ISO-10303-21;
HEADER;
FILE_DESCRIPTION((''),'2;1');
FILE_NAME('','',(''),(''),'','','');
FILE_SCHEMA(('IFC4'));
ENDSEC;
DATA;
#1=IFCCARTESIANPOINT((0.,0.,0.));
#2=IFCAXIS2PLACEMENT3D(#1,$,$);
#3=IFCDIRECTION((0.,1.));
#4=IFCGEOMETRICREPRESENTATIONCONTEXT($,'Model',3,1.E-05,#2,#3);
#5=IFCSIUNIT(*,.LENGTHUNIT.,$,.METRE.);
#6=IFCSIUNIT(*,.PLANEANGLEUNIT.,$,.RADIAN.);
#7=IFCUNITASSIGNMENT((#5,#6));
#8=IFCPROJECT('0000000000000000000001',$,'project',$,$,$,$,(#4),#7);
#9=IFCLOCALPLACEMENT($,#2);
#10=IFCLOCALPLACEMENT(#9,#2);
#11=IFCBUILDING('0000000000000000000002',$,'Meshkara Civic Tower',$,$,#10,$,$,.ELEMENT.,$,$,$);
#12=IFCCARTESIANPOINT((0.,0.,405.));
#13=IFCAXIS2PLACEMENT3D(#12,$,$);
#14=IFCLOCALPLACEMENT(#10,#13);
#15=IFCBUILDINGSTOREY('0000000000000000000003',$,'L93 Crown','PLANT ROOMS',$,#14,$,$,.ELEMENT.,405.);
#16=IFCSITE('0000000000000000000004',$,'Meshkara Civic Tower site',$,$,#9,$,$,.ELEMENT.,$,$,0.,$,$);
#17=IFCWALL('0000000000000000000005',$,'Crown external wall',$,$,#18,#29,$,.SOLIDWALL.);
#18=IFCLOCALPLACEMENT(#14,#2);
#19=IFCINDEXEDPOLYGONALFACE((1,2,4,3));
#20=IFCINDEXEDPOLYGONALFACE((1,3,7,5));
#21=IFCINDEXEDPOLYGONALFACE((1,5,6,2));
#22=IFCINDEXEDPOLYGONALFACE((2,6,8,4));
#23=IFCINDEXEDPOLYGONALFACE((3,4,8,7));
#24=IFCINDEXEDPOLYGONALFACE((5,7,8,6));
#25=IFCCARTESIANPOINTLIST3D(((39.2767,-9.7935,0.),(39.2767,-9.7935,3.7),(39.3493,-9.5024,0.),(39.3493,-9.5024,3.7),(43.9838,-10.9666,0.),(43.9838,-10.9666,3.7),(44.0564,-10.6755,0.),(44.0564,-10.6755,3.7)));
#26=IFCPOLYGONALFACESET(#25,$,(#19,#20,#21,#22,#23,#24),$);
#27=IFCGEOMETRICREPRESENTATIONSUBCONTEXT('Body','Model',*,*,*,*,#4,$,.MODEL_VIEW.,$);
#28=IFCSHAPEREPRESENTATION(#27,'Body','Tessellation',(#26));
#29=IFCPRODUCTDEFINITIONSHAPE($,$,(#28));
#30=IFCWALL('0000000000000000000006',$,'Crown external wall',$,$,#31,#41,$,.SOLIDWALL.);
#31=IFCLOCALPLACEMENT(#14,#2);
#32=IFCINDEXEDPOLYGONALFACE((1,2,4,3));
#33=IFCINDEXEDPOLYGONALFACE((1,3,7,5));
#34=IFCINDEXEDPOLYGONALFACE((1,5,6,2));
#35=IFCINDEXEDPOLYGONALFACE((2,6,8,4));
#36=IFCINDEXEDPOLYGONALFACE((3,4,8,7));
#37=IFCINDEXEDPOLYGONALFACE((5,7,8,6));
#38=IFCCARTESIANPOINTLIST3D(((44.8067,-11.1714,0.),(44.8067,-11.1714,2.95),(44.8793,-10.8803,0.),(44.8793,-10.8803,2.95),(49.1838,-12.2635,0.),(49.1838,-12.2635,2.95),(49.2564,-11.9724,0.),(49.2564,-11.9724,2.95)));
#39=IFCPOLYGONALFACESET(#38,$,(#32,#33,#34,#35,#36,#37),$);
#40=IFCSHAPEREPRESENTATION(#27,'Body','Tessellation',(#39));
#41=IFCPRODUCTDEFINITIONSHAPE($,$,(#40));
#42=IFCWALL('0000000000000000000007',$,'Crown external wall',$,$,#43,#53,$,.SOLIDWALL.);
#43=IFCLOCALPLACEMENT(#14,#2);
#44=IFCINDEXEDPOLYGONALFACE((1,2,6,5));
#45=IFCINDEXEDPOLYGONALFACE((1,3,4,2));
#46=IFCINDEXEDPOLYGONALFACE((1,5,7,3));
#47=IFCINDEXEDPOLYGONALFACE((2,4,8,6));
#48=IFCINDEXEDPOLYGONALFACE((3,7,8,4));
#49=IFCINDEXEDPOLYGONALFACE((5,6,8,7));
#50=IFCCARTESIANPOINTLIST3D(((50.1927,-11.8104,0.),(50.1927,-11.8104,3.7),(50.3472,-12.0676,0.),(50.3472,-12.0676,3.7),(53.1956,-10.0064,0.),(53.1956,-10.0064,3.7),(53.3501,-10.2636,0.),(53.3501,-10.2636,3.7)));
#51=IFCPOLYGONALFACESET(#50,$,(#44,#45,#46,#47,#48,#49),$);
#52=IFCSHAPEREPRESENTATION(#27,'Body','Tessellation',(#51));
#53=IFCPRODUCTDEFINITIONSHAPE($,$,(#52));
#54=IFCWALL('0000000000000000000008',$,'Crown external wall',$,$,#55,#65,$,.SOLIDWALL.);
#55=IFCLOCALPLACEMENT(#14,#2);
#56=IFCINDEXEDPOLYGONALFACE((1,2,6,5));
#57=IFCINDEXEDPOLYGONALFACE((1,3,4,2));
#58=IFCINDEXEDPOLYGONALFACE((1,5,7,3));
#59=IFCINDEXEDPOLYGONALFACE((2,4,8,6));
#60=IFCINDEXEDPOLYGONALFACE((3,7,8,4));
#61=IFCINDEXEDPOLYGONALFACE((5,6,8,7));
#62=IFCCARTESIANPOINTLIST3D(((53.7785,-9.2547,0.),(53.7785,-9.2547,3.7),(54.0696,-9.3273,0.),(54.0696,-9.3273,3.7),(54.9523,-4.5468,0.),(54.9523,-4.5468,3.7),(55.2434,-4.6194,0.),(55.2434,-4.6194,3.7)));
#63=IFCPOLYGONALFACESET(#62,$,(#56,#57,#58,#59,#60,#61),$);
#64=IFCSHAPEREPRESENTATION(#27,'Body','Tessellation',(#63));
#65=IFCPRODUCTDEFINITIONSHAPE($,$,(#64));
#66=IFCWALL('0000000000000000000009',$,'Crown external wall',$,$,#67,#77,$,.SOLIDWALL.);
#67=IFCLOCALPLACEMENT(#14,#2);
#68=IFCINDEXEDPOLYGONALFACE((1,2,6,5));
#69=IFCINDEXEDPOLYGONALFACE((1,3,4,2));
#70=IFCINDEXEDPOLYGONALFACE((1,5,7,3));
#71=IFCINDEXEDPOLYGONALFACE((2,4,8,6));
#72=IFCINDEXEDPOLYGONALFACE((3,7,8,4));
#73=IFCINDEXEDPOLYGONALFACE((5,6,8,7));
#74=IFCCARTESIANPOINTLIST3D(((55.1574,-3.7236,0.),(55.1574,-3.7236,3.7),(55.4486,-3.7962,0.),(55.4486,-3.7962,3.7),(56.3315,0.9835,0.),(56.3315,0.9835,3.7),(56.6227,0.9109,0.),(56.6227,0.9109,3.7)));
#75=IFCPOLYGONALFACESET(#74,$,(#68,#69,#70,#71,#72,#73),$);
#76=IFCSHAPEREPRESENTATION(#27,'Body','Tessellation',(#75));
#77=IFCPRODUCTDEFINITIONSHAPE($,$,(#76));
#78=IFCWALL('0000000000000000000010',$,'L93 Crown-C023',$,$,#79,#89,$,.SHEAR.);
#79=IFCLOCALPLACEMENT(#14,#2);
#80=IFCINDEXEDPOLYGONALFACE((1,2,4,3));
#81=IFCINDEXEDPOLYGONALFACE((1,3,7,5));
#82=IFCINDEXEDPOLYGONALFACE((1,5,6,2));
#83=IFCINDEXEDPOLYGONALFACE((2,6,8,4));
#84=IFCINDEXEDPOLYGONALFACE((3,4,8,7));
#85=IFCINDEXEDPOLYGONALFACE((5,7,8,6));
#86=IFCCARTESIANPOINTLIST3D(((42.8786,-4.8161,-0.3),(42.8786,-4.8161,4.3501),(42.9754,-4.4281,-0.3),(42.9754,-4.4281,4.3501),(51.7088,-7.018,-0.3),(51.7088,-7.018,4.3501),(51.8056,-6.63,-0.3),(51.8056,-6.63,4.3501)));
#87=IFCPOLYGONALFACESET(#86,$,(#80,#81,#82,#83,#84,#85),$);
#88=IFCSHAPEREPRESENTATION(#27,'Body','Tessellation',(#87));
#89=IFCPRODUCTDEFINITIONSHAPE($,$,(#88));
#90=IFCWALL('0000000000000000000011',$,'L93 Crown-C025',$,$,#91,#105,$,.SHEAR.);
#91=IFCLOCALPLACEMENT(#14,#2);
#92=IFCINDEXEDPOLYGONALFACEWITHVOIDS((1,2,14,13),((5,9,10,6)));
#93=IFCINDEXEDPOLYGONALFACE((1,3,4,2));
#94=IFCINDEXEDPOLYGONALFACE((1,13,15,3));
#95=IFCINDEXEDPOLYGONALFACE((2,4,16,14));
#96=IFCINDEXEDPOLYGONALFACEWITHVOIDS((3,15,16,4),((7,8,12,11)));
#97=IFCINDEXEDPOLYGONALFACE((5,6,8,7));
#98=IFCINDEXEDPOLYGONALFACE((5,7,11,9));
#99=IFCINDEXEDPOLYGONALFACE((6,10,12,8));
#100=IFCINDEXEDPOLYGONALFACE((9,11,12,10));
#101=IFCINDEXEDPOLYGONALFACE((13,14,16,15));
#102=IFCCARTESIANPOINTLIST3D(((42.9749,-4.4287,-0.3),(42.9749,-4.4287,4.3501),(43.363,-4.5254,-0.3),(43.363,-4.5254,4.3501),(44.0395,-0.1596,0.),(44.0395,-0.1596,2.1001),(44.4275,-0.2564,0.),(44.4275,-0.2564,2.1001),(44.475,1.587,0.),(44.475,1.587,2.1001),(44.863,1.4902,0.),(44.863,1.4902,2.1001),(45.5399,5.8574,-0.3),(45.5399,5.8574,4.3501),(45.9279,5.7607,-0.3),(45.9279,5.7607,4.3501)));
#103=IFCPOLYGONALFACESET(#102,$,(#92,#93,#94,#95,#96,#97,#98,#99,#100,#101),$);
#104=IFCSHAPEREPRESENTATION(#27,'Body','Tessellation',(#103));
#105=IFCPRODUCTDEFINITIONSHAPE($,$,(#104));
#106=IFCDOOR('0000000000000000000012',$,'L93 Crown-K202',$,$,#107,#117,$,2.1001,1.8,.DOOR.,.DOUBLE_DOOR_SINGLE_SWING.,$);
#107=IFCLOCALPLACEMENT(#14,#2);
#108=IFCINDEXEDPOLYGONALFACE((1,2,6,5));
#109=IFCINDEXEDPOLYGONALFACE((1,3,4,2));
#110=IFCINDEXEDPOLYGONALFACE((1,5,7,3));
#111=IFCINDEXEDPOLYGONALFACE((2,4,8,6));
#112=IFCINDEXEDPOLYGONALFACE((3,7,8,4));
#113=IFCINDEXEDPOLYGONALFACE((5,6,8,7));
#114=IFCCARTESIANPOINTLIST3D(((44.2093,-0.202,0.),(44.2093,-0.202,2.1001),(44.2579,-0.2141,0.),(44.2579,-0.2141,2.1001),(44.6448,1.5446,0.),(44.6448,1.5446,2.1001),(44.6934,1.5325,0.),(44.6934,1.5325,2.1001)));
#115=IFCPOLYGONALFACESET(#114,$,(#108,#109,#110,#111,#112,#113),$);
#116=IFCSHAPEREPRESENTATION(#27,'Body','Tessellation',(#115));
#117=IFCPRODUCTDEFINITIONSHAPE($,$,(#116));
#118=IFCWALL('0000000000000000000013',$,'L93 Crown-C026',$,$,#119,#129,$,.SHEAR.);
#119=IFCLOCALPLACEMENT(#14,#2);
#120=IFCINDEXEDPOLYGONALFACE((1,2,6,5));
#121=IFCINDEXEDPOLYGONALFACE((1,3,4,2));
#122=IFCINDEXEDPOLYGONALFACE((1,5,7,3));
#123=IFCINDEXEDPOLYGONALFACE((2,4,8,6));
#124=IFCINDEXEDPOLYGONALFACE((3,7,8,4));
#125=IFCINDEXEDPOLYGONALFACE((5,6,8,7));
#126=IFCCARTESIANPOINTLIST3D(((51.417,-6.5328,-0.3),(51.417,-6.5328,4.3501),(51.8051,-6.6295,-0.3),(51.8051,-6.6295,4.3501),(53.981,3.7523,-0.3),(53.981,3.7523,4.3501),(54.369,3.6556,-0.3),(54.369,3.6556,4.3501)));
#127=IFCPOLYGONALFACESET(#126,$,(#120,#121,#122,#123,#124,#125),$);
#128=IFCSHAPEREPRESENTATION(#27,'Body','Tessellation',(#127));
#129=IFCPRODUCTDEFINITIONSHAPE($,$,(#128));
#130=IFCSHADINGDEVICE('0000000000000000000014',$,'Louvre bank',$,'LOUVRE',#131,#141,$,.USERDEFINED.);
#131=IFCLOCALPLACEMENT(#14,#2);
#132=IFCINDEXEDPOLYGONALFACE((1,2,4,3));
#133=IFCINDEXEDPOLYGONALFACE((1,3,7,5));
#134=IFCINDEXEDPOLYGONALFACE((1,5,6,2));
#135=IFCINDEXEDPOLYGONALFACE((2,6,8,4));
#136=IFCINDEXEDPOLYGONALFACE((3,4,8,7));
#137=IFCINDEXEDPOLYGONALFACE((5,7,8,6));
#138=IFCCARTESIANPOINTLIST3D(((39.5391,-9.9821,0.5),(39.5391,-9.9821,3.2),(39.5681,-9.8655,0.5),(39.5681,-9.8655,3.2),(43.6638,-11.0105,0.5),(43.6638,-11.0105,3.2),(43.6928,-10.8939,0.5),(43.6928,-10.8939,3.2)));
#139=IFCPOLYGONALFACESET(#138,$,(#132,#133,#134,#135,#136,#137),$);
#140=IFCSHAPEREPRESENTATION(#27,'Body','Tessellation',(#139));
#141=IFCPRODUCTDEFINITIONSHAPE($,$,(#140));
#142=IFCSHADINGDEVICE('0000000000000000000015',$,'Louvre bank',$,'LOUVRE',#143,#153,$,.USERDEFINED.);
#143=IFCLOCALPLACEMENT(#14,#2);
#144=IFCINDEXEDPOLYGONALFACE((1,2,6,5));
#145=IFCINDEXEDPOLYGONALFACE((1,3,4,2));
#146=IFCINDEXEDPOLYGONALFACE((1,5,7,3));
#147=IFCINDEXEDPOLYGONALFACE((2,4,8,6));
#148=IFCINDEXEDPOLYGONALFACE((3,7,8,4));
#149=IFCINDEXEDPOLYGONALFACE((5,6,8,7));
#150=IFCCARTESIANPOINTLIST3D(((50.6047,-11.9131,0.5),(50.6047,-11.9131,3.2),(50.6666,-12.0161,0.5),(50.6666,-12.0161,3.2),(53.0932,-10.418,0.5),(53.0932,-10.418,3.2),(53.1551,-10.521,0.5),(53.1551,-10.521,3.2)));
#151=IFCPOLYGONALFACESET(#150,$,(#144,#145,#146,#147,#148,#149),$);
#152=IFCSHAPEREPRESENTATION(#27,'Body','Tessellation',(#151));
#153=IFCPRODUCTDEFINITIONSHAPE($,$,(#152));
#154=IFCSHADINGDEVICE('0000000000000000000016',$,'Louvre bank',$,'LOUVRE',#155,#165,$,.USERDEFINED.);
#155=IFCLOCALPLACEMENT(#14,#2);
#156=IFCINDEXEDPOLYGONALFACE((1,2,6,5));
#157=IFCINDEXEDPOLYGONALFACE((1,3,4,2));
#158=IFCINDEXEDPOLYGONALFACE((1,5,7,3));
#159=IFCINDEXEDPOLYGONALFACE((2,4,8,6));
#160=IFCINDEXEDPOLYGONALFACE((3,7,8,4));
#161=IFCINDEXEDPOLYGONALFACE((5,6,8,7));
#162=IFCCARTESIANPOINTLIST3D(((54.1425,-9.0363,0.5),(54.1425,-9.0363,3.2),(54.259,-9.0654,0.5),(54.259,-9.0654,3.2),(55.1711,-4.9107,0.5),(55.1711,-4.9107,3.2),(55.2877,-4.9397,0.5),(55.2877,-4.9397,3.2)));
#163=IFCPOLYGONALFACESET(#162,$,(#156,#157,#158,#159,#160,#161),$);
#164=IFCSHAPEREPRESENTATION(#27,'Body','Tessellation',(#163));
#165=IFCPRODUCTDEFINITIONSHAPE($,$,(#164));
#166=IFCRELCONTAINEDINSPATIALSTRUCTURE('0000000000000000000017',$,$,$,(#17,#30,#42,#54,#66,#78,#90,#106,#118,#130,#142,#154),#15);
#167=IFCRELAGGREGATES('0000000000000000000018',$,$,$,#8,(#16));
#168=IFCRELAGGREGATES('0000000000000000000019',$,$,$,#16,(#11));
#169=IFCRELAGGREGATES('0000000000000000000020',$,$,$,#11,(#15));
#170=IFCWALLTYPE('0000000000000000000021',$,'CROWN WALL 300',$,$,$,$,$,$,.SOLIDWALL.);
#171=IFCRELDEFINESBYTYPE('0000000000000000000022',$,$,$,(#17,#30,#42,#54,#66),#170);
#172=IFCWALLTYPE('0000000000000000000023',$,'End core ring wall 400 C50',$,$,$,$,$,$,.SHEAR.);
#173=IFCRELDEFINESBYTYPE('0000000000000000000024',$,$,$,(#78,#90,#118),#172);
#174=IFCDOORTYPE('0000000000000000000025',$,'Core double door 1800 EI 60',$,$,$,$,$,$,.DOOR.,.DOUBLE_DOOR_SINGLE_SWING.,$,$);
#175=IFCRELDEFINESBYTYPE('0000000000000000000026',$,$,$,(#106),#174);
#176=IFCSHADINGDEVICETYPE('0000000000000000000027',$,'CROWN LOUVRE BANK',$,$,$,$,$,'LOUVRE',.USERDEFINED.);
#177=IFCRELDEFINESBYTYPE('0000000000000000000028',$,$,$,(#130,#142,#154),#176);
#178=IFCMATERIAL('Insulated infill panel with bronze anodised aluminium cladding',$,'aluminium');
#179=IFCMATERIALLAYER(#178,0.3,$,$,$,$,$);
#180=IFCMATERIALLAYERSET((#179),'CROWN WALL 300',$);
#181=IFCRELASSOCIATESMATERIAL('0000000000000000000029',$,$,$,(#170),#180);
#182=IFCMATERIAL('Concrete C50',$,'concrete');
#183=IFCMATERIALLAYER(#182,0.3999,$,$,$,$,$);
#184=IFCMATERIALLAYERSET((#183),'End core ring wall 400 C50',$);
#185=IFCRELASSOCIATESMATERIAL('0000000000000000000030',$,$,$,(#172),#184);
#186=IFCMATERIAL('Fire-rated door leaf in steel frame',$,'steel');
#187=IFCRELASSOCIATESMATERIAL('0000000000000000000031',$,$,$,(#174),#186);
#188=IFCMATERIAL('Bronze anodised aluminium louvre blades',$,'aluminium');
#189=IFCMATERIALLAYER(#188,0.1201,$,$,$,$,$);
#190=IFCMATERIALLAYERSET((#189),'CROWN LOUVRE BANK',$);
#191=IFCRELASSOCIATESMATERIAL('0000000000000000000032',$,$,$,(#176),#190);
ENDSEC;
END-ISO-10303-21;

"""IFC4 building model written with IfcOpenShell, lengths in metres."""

from ifc_helpers import new_model, si_unit, direction, frame, frame_2d, origin, origin_2d, place, context, subcontext, project, spatial, rectangle, extrude, material, layer, layer_set, type_object, element, fill, save


model = new_model("IFC4")

# Units and contexts
model_context = context("Model", 3, precision=1e-05, world=origin(), true_north=direction((0.0, 1.0)))
body_context = subcontext(model_context, "Body", "Model", "MODEL_VIEW")
ifc_project = project(units=[si_unit("LENGTHUNIT", "METRE"), si_unit("PLANEANGLEUNIT", "RADIAN")], contexts=[model_context])

# Site, building, storey
site_placement = place(None, origin())
site = spatial("IfcSite", under=ifc_project, at=site_placement, Name="Meshkara Civic Tower site", CompositionType="ELEMENT", RefElevation=0.0)
building_placement = place(site_placement, origin())
building = spatial("IfcBuilding", under=site, at=building_placement, Name="Meshkara Civic Tower", CompositionType="ELEMENT")
storey_placement = place(building_placement, frame((0.0, 0.0, 405.0)))
storey = spatial("IfcBuildingStorey", under=building, at=storey_placement, Name="L93 Crown", Description="PLANT ROOMS", CompositionType="ELEMENT", Elevation=405.0)

# Walls
ifc_material_1 = material(Name="Insulated infill panel with bronze anodised aluminium cladding", Category="aluminium")
ifc_layer_1 = layer(ifc_material_1, 0.3)
ifc_layer_set_1 = layer_set([ifc_layer_1], Name="CROWN WALL 300")
wall_type_1 = type_object("IfcWallType", Name="CROWN WALL 300", PredefinedType="SOLIDWALL", material=ifc_layer_set_1)
wall_1_placement = place(storey_placement, frame((39.313, -9.6479, 0.0), z_axis=(0.0, 0.0, 1.0), x_axis=(0.97032, -0.241825, 0.0)))
element("IfcWall", 1, at=wall_1_placement, inside=storey, type_object=wall_type_1, Name="Crown external wall", PredefinedType="SOLIDWALL", context=body_context, shape_type="SweptSolid", body=[
    extrude(rectangle(XDim=4.8511, YDim=0.3, at=frame_2d((2.4255, 0.0))), origin(), (0.0, 0.0, 1.0), 3.7),
])
wall_2_placement = place(storey_placement, frame((44.843, -11.0259, 0.0), z_axis=(0.0, 0.0, 1.0), x_axis=(0.970257, -0.242077, 0.0)))
element("IfcWall", 2, at=wall_2_placement, inside=storey, type_object=wall_type_1, Name="Crown external wall", PredefinedType="SOLIDWALL", context=body_context, shape_type="SweptSolid", body=[
    extrude(rectangle(XDim=4.5112, YDim=0.3, at=frame_2d((2.2556, 0.0))), origin(), (0.0, 0.0, 1.0), 2.95),
])
wall_3_placement = place(storey_placement, frame((50.27, -11.939, 0.0), z_axis=(0.0, 0.0, 1.0), x_axis=(0.857216, 0.514957, 0.0)))
element("IfcWall", 3, at=wall_3_placement, inside=storey, type_object=wall_type_1, Name="Crown external wall", PredefinedType="SOLIDWALL", context=body_context, shape_type="SweptSolid", body=[
    extrude(rectangle(XDim=3.5032, YDim=0.3, at=frame_2d((1.7515, 0.0))), origin(), (0.0, 0.0, 1.0), 3.7),
])
wall_4_placement = place(storey_placement, frame((53.9241, -9.291, 0.0), z_axis=(0.0, 0.0, 1.0), x_axis=(0.24192, 0.970296, 0.0)))
element("IfcWall", 4, at=wall_4_placement, inside=storey, type_object=wall_type_1, Name="Crown external wall", PredefinedType="SOLIDWALL", context=body_context, shape_type="SweptSolid", body=[
    extrude(rectangle(XDim=4.8521, YDim=0.3, at=frame_2d((2.426, 0.0))), origin(), (0.0, 0.0, 1.0), 3.7),
])
wall_5_placement = place(storey_placement, frame((55.303, -3.76, 0.0), z_axis=(0.0, 0.0, 1.0), x_axis=(0.242015, 0.970273, 0.0)))
element("IfcWall", 5, at=wall_5_placement, inside=storey, type_object=wall_type_1, Name="Crown external wall", PredefinedType="SOLIDWALL", context=body_context, shape_type="SweptSolid", body=[
    extrude(rectangle(XDim=4.8513, YDim=0.3, at=frame_2d((2.4258, 0.0))), origin(), (0.0, 0.0, 1.0), 3.7),
])
ifc_material_2 = material(Name="Concrete C50", Category="concrete")
ifc_layer_2 = layer(ifc_material_2, 0.3999)
ifc_layer_set_2 = layer_set([ifc_layer_2], Name="End core ring wall 400 C50")
wall_type_2 = type_object("IfcWallType", Name="End core ring wall 400 C50", PredefinedType="SHEAR", material=ifc_layer_set_2)
wall_6_placement = place(storey_placement, frame((42.927, -4.6221, -0.3), z_axis=(0.0, 0.0, 1.0), x_axis=(0.970288, -0.241955, 0.0)))
element("IfcWall", 6, at=wall_6_placement, inside=storey, type_object=wall_type_2, Name="L93 Crown-C023", PredefinedType="SHEAR", context=body_context, shape_type="SweptSolid", body=[
    extrude(rectangle(XDim=9.1006, YDim=0.3999, at=frame_2d((4.5503, 0.0))), origin(), (0.0, 0.0, 1.0), 4.6501),
])

# Wall, opening, door
wall_7_placement = place(storey_placement, frame((43.1689, -4.4771, -0.3), z_axis=(0.0, 0.0, 1.0), x_axis=(0.24195, 0.970289, 0.0)))
wall_7 = element("IfcWall", 7, at=wall_7_placement, inside=storey, type_object=wall_type_2, Name="L93 Crown-C025", PredefinedType="SHEAR", context=body_context, shape_type="SweptSolid", body=[
    extrude(rectangle(XDim=10.6011, YDim=0.3999, at=frame_2d((5.3005, 0.0))), origin(), (0.0, 0.0, 1.0), 4.6501),
])
opening_placement = place(wall_7_placement, frame((4.3999, 0.0, 0.3)))
opening = element("IfcOpeningElement", 8, at=opening_placement, cuts=wall_7, PredefinedType="OPENING", context=body_context, shape_type="SweptSolid", body=[
    extrude(rectangle(XDim=1.8, YDim=2.1001, at=frame_2d((0.8999, 1.05))), frame((0.0, 0.21, 0.0), z_axis=(0.0, -1.0, 0.0), x_axis=(1.0, 0.0, 0.0)), (0.0, 0.0, 1.0), 0.4199),
])
ifc_material_3 = material(Name="Fire-rated door leaf in steel frame", Category="steel")
door_type = type_object("IfcDoorType", Name="Core double door 1800 EI 60", OperationType="DOUBLE_DOOR_SINGLE_SWING", PredefinedType="DOOR", material=ifc_material_3)
door_placement = place(opening_placement, origin())
door = element("IfcDoor", 9, at=door_placement, inside=storey, type_object=door_type, Name="L93 Crown-K202", OperationType="DOUBLE_DOOR_SINGLE_SWING", OverallHeight=2.1001, OverallWidth=1.8, PredefinedType="DOOR", context=body_context, shape_type="SweptSolid", body=[
    extrude(rectangle(XDim=1.8, YDim=2.1001, at=frame_2d((0.8999, 1.05))), frame((0.0, 0.0249, 0.0), z_axis=(0.0, -1.0, 0.0), x_axis=(1.0, 0.0, 0.0)), (0.0, 0.0, 1.0), 0.05),
])
fill(opening, door)

# Wall
wall_8_placement = place(storey_placement, frame((51.6111, -6.5811, -0.3), z_axis=(0.0, 0.0, 1.0), x_axis=(0.241885, 0.970305, 0.0)))
element("IfcWall", 10, at=wall_8_placement, inside=storey, type_object=wall_type_2, Name="L93 Crown-C026", PredefinedType="SHEAR", context=body_context, shape_type="SweptSolid", body=[
    extrude(rectangle(XDim=10.5999, YDim=0.3999, at=frame_2d((5.2998, 0.0))), origin(), (0.0, 0.0, 1.0), 4.6501),
])

# Shading devices
ifc_material_4 = material(Name="Bronze anodised aluminium louvre blades", Category="aluminium")
ifc_layer_3 = layer(ifc_material_4, 0.1201)
ifc_layer_set_3 = layer_set([ifc_layer_3], Name="CROWN LOUVRE BANK")
shading_device_type = type_object("IfcShadingDeviceType", Name="CROWN LOUVRE BANK", ElementType="LOUVRE", PredefinedType="USERDEFINED", material=ifc_layer_set_3)
shading_device_1_placement = place(storey_placement, frame((41.616, -10.438, 0.5), z_axis=(0.0, 0.0, 1.0), x_axis=(0.970296, -0.241922, 0.0)))
element("IfcShadingDevice", 11, at=shading_device_1_placement, inside=storey, type_object=shading_device_type, Name="Louvre bank", ObjectType="LOUVRE", PredefinedType="USERDEFINED", context=body_context, shape_type="SweptSolid", body=[
    extrude(rectangle(XDim=4.251, YDim=0.1201, at=origin_2d()), origin(), (0.0, 0.0, 1.0), 2.7),
])
shading_device_2_placement = place(storey_placement, frame((51.8799, -11.217, 0.5), z_axis=(0.0, 0.0, 1.0), x_axis=(0.857185, 0.515008, 0.0)))
element("IfcShadingDevice", 12, at=shading_device_2_placement, inside=storey, type_object=shading_device_type, Name="Louvre bank", ObjectType="LOUVRE", PredefinedType="USERDEFINED", context=body_context, shape_type="SweptSolid", body=[
    extrude(rectangle(XDim=2.9031, YDim=0.1201, at=origin_2d()), origin(), (0.0, 0.0, 1.0), 2.7),
])
shading_device_3_placement = place(storey_placement, frame((54.7151, -6.988, 0.5), z_axis=(0.0, 0.0, 1.0), x_axis=(0.241922, 0.970296, 0.0)))
element("IfcShadingDevice", 13, at=shading_device_3_placement, inside=storey, type_object=shading_device_type, Name="Louvre bank", ObjectType="LOUVRE", PredefinedType="USERDEFINED", context=body_context, shape_type="SweptSolid", body=[
    extrude(rectangle(XDim=4.252, YDim=0.1201, at=origin_2d()), origin(), (0.0, 0.0, 1.0), 2.7),
])

save(model, "model.ifc")
